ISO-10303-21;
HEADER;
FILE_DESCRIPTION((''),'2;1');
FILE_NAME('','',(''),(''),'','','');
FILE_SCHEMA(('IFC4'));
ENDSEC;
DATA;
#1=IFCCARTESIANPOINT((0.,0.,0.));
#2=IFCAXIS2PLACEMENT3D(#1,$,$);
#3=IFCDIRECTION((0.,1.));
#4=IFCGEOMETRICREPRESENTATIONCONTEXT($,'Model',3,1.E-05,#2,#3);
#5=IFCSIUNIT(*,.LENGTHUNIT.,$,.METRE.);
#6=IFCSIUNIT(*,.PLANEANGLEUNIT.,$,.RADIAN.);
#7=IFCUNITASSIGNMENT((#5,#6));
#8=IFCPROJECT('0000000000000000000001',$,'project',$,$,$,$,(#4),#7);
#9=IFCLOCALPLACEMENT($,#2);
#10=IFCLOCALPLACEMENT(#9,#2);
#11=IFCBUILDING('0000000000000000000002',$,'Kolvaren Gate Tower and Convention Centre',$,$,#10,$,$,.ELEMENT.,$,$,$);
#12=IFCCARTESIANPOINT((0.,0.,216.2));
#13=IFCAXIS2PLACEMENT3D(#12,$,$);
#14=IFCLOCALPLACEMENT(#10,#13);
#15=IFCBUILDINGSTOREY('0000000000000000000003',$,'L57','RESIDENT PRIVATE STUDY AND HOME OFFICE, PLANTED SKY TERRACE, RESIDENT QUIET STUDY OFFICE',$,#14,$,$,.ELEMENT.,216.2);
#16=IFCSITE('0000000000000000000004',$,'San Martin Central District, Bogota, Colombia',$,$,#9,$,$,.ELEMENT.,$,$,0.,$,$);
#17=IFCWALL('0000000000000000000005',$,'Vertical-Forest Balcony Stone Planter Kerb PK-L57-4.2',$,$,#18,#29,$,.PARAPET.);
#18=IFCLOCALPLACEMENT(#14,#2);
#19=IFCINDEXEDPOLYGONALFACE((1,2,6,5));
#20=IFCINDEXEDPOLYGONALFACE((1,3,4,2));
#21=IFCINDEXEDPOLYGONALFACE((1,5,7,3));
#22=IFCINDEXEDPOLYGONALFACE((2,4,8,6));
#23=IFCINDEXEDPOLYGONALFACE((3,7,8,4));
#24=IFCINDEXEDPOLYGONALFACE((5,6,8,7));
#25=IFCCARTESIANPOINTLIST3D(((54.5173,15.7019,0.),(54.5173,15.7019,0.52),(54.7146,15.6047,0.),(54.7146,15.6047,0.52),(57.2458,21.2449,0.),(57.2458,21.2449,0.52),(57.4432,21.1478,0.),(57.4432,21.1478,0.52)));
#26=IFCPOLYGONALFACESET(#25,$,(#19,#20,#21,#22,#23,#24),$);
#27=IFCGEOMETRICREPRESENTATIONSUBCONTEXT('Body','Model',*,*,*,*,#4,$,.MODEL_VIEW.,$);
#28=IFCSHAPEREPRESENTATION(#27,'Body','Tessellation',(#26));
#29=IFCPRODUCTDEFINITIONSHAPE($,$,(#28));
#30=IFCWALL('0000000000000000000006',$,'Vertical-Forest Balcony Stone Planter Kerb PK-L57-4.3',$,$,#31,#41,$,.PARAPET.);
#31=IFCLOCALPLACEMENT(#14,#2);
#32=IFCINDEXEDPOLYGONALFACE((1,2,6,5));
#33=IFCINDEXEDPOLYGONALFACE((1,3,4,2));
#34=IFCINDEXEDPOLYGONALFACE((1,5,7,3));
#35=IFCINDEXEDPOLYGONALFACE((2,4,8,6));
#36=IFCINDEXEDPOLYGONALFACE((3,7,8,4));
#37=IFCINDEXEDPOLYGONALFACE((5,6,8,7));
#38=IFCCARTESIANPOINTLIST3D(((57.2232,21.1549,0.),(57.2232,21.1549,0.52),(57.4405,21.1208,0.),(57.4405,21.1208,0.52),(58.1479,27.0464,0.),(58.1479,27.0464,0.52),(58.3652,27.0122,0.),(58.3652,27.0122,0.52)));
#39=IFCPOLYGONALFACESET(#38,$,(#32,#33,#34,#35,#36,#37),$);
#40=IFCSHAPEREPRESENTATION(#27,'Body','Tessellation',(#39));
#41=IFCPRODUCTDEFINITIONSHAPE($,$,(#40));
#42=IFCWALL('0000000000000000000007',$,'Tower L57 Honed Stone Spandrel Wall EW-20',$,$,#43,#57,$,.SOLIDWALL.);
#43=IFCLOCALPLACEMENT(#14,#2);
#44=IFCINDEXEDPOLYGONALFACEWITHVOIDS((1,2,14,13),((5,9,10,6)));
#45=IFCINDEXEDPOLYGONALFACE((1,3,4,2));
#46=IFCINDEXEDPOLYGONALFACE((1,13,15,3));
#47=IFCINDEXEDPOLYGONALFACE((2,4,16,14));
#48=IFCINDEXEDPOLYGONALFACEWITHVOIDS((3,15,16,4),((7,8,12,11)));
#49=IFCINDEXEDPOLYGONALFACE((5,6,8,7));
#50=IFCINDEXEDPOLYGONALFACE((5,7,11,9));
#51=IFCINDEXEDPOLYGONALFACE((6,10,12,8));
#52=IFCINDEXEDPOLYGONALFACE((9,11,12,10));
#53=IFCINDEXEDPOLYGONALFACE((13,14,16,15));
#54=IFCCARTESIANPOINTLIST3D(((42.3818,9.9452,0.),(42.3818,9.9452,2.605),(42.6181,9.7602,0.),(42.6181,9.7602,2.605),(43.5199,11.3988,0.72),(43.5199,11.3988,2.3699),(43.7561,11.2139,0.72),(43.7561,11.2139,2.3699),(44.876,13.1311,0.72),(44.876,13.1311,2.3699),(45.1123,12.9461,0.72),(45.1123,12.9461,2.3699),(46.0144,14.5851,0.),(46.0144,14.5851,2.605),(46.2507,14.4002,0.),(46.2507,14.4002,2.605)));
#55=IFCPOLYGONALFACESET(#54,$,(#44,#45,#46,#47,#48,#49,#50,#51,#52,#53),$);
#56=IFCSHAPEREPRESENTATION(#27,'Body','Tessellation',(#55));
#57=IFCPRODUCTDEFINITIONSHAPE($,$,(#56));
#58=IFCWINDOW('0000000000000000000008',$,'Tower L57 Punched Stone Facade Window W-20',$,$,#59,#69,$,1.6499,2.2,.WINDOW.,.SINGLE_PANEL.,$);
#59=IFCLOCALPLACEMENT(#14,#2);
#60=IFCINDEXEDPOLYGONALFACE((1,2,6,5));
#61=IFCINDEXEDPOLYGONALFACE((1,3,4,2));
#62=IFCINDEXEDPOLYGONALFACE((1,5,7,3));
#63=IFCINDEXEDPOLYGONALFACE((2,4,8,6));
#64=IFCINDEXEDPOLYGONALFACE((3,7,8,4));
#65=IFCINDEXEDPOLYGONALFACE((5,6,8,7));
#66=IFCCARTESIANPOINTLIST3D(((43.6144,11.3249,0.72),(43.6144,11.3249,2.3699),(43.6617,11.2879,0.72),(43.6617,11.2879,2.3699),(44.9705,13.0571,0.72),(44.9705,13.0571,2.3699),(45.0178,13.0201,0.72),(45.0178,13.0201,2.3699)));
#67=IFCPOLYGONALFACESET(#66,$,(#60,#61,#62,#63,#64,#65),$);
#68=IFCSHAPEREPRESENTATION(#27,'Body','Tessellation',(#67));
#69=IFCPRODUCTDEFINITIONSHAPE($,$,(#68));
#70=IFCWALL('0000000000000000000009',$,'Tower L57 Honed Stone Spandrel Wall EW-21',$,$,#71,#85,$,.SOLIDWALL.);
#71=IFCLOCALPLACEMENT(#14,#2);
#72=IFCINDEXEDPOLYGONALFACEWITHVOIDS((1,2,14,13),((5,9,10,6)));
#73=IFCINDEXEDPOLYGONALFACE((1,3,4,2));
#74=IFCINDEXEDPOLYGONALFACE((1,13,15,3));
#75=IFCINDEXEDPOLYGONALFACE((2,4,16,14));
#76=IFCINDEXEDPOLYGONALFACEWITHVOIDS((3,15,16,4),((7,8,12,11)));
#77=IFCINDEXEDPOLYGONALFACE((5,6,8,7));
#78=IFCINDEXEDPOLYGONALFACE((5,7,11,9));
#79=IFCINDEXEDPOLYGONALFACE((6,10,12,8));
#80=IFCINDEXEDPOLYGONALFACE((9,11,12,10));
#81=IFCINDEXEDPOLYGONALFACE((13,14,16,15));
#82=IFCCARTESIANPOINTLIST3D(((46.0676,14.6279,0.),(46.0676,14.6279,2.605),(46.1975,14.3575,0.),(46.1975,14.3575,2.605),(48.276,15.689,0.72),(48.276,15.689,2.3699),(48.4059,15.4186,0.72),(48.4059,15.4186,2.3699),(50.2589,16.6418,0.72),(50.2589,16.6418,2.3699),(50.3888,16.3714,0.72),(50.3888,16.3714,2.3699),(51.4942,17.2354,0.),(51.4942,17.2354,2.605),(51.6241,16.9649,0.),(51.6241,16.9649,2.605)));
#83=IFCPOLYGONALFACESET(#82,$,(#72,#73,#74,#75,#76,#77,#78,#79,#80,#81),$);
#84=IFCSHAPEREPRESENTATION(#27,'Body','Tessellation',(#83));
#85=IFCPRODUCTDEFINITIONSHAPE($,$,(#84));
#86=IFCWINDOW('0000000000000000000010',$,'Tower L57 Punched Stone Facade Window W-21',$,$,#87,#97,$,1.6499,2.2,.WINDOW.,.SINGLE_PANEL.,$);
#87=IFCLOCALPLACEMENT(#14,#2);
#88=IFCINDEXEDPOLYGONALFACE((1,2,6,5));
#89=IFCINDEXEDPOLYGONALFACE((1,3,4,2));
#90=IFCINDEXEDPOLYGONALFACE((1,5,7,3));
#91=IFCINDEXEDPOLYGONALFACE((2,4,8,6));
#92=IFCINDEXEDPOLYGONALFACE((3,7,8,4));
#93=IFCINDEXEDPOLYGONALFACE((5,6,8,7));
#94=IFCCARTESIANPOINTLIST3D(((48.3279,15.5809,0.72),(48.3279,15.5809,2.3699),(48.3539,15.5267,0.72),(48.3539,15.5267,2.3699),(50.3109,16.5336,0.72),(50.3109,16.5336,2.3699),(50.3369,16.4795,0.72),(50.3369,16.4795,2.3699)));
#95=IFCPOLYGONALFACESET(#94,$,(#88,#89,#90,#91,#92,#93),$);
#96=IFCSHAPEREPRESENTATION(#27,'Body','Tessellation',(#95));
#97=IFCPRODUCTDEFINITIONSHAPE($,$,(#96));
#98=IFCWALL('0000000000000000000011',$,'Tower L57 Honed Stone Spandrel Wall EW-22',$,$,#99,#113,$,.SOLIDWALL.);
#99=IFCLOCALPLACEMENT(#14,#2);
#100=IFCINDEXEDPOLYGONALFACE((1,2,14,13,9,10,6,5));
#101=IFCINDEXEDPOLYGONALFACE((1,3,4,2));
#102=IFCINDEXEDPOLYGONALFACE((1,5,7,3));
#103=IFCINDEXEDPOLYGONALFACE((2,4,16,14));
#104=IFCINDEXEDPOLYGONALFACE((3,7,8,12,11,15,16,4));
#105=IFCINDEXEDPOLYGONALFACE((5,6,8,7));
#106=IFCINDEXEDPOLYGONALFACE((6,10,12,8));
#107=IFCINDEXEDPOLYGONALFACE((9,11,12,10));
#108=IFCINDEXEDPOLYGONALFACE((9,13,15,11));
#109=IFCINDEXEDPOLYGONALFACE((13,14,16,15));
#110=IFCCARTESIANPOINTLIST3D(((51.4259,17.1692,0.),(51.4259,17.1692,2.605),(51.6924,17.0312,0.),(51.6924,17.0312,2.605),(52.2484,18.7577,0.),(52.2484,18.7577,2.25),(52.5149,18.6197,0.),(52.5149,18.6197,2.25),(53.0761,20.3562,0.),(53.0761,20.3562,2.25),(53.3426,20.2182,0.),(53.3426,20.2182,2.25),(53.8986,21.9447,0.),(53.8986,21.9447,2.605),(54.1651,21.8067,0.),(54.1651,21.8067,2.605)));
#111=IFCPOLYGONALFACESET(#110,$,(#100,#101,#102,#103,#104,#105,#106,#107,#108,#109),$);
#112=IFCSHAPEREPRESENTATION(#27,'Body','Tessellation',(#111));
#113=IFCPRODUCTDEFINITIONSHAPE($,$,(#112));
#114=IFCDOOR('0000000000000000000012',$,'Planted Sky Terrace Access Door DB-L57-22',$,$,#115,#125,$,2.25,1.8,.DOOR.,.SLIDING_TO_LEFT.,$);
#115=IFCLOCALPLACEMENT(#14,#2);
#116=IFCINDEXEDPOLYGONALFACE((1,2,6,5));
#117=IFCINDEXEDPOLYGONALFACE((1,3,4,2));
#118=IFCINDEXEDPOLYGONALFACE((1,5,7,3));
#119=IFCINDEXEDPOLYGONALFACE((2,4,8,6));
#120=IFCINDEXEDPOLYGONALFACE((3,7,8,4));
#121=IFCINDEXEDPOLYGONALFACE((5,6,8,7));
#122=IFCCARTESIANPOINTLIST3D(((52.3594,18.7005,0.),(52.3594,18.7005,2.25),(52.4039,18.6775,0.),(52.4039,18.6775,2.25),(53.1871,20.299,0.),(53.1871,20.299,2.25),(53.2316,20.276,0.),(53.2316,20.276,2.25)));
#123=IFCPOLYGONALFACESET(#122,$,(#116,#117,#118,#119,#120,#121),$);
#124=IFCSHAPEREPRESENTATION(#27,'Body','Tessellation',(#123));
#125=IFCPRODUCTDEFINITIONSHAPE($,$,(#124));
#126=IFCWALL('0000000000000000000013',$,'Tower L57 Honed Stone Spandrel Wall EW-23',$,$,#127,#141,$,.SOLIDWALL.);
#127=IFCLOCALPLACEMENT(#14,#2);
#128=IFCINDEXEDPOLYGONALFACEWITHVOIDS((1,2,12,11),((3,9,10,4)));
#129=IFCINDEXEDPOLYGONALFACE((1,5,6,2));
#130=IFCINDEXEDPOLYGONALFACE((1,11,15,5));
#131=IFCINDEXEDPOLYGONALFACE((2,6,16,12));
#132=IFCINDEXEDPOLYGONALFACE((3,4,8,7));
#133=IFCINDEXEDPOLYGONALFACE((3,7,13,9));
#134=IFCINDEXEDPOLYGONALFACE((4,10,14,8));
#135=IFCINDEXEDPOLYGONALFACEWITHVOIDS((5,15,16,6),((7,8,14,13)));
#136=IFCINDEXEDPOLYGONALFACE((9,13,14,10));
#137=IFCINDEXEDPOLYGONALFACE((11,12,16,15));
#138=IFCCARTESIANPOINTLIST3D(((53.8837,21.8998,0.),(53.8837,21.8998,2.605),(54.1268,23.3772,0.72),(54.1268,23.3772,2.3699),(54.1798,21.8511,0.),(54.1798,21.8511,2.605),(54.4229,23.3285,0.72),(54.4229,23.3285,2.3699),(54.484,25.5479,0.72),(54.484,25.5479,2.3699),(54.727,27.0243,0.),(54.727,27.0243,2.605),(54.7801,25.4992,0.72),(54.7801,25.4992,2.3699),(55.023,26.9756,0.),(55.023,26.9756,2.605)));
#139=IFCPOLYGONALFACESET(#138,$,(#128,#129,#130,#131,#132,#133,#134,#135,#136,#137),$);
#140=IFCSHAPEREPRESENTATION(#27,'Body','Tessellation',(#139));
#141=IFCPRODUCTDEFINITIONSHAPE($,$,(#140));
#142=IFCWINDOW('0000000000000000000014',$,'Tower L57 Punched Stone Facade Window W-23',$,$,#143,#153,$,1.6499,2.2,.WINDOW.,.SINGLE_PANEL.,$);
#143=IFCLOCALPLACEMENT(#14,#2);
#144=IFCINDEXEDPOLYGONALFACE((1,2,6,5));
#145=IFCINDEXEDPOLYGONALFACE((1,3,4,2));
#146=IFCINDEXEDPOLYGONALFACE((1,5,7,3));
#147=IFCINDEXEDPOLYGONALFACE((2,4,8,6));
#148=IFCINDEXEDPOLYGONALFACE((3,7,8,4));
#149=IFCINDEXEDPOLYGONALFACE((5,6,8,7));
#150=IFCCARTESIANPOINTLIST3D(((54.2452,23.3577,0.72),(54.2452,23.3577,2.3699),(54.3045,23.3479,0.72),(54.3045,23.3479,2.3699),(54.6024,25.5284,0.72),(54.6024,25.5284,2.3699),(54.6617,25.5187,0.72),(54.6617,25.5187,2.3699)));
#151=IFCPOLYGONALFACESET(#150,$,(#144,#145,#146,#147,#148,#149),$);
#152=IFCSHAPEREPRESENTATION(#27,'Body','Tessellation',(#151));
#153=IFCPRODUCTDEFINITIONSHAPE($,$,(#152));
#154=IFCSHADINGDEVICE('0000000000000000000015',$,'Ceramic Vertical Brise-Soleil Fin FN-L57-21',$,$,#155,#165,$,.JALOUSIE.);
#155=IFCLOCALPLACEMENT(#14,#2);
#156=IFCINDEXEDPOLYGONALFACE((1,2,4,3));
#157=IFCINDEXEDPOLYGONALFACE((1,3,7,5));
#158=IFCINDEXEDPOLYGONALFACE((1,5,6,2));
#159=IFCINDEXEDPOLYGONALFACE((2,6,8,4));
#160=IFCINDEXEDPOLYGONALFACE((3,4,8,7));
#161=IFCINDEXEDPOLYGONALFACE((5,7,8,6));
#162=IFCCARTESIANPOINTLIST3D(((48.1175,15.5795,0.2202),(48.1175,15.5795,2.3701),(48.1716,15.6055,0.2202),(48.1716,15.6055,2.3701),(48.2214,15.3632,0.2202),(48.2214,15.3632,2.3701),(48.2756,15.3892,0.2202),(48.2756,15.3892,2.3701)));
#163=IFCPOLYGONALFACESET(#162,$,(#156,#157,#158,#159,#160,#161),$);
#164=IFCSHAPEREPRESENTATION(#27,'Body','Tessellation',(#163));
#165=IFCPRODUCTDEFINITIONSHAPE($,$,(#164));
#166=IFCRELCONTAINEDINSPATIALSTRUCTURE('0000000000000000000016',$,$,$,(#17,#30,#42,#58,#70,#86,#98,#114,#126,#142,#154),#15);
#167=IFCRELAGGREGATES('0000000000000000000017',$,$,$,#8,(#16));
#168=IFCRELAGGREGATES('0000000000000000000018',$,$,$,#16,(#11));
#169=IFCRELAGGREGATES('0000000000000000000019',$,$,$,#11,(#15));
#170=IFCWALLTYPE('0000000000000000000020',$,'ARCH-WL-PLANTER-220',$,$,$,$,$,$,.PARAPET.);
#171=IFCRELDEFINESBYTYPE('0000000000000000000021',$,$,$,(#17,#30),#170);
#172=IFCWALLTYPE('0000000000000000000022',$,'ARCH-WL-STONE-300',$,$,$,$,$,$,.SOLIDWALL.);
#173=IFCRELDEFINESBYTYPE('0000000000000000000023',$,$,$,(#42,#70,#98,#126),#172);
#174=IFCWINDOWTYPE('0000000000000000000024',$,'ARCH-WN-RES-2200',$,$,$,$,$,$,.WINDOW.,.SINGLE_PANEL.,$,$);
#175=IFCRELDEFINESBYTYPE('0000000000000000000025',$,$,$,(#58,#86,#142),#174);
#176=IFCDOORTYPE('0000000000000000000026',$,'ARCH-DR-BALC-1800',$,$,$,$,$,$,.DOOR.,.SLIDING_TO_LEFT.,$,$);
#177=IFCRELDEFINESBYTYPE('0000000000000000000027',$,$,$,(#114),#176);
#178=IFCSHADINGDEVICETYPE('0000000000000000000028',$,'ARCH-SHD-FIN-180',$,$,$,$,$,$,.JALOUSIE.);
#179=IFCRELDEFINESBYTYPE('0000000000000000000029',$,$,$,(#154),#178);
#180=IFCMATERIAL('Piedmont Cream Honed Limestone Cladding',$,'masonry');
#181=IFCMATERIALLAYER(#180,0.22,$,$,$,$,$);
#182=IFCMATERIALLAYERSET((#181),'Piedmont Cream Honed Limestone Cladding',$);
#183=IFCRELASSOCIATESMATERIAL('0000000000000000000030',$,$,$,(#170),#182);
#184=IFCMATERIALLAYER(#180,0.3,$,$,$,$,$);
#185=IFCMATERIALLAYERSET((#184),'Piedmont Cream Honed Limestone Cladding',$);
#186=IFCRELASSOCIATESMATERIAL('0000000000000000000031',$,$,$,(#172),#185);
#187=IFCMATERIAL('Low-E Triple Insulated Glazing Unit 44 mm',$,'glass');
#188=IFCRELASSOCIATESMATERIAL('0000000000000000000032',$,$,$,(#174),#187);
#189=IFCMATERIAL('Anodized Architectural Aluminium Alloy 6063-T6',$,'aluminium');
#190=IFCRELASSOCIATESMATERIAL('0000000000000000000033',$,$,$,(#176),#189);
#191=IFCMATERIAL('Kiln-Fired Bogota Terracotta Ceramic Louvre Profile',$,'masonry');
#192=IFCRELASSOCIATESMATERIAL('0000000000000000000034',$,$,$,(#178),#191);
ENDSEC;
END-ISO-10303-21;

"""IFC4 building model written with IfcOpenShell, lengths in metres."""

from ifc_helpers import new_model, si_unit, direction, frame, frame_2d, origin, origin_2d, place, context, subcontext, project, spatial, rectangle, extrude, material, layer, layer_set, type_object, element, fill, save


model = new_model("IFC4")

# Units and contexts
model_context = context("Model", 3, precision=1e-05, world=origin(), true_north=direction((0.0, 1.0)))
body_context = subcontext(model_context, "Body", "Model", "MODEL_VIEW")
ifc_project = project(units=[si_unit("LENGTHUNIT", "METRE"), si_unit("PLANEANGLEUNIT", "RADIAN")], contexts=[model_context])

# Site, building, storey
site_placement = place(None, origin())
site = spatial("IfcSite", under=ifc_project, at=site_placement, Name="San Martin Central District, Bogota, Colombia", CompositionType="ELEMENT", RefElevation=0.0)
building_placement = place(site_placement, origin())
building = spatial("IfcBuilding", under=site, at=building_placement, Name="Kolvaren Gate Tower and Convention Centre", CompositionType="ELEMENT")
storey_placement = place(building_placement, frame((0.0, 0.0, 216.2)))
storey = spatial("IfcBuildingStorey", under=building, at=storey_placement, Name="L57", Description="RESIDENT PRIVATE STUDY AND HOME OFFICE, PLANTED SKY TERRACE, RESIDENT QUIET STUDY OFFICE", CompositionType="ELEMENT", Elevation=216.2)

# Walls
ifc_material_1 = material(Name="Piedmont Cream Honed Limestone Cladding", Category="masonry")
ifc_layer_1 = layer(ifc_material_1, 0.22)
ifc_layer_set_1 = layer_set([ifc_layer_1], Name="Piedmont Cream Honed Limestone Cladding")
wall_type_1 = type_object("IfcWallType", Name="ARCH-WL-PLANTER-220", PredefinedType="PARAPET", material=ifc_layer_set_1)
wall_1_placement = place(storey_placement, frame((54.616, 15.6533, 0.0), z_axis=(0.0, 0.0, 1.0), x_axis=(0.441641, 0.897192, 0.0)))
element("IfcWall", 1, at=wall_1_placement, inside=storey, type_object=wall_type_1, Name="Vertical-Forest Balcony Stone Planter Kerb PK-L57-4.2", PredefinedType="PARAPET", context=body_context, shape_type="SweptSolid", body=[
    extrude(rectangle(XDim=6.1782, YDim=0.22, at=frame_2d((3.0891, 0.0))), origin(), (0.0, 0.0, 1.0), 0.52),
])
wall_2_placement = place(storey_placement, frame((57.3318, 21.1377, 0.0), z_axis=(0.0, 0.0, 1.0), x_axis=(0.155071, 0.987903, 0.0)))
element("IfcWall", 2, at=wall_2_placement, inside=storey, type_object=wall_type_1, Name="Vertical-Forest Balcony Stone Planter Kerb PK-L57-4.3", PredefinedType="PARAPET", context=body_context, shape_type="SweptSolid", body=[
    extrude(rectangle(XDim=5.9636, YDim=0.22, at=frame_2d((2.9819, 0.0))), origin(), (0.0, 0.0, 1.0), 0.52),
])

# Walls, openings, windows
ifc_layer_2 = layer(ifc_material_1, 0.3)
ifc_layer_set_2 = layer_set([ifc_layer_2], Name="Piedmont Cream Honed Limestone Cladding")
wall_type_2 = type_object("IfcWallType", Name="ARCH-WL-STONE-300", PredefinedType="SOLIDWALL", material=ifc_layer_set_2)
wall_3_placement = place(storey_placement, frame((42.5, 9.8528, 0.0), z_axis=(0.0, 0.0, 1.0), x_axis=(0.61645, 0.787394, 0.0)))
wall_3 = element("IfcWall", 3, at=wall_3_placement, inside=storey, type_object=wall_type_2, Name="Tower L57 Honed Stone Spandrel Wall EW-20", PredefinedType="SOLIDWALL", context=body_context, shape_type="SweptSolid", body=[
    extrude(rectangle(XDim=5.8928, YDim=0.3, at=frame_2d((2.9463, 0.0))), origin(), (0.0, 0.0, 1.0), 2.605),
])
opening_1_placement = place(wall_3_placement, frame((1.8459, 0.0, 0.72)))
opening_1 = element("IfcOpeningElement", 4, at=opening_1_placement, cuts=wall_3, PredefinedType="OPENING", context=body_context, shape_type="SweptSolid", body=[
    extrude(rectangle(XDim=2.2, YDim=1.6499, at=frame_2d((1.1001, 0.825))), frame((0.0, 0.1599, 0.0), z_axis=(0.0, -1.0, 0.0), x_axis=(1.0, 0.0, 0.0)), (0.0, 0.0, 1.0), 0.3201),
])
ifc_material_2 = material(Name="Low-E Triple Insulated Glazing Unit 44 mm", Category="glass")
window_type = type_object("IfcWindowType", Name="ARCH-WN-RES-2200", PartitioningType="SINGLE_PANEL", PredefinedType="WINDOW", material=ifc_material_2)
window_1_placement = place(opening_1_placement, origin())
window_1 = element("IfcWindow", 5, at=window_1_placement, inside=storey, type_object=window_type, Name="Tower L57 Punched Stone Facade Window W-20", OverallHeight=1.6499, OverallWidth=2.2, PartitioningType="SINGLE_PANEL", PredefinedType="WINDOW", context=body_context, shape_type="SweptSolid", body=[
    extrude(rectangle(XDim=2.2, YDim=1.6499, at=frame_2d((1.1001, 0.825))), frame((0.0, 0.03, 0.0), z_axis=(0.0, -1.0, 0.0), x_axis=(1.0, 0.0, 0.0)), (0.0, 0.0, 1.0), 0.0601),
])
fill(opening_1, window_1)
wall_4_placement = place(storey_placement, frame((46.1326, 14.4927, 0.0), z_axis=(0.0, 0.0, 1.0), x_axis=(0.901348, 0.433095, 0.0)))
wall_4 = element("IfcWall", 6, at=wall_4_placement, inside=storey, type_object=wall_type_2, Name="Tower L57 Honed Stone Spandrel Wall EW-21", PredefinedType="SOLIDWALL", context=body_context, shape_type="SweptSolid", body=[
    extrude(rectangle(XDim=6.0205, YDim=0.3, at=frame_2d((3.0103, 0.0))), origin(), (0.0, 0.0, 1.0), 2.605),
])
opening_2_placement = place(wall_4_placement, frame((2.45, 0.0, 0.72)))
opening_2 = element("IfcOpeningElement", 7, at=opening_2_placement, cuts=wall_4, PredefinedType="OPENING", context=body_context, shape_type="SweptSolid", body=[
    extrude(rectangle(XDim=2.2, YDim=1.6499, at=frame_2d((1.1001, 0.825))), frame((0.0, 0.1599, 0.0), z_axis=(0.0, -1.0, 0.0), x_axis=(1.0, 0.0, 0.0)), (0.0, 0.0, 1.0), 0.3201),
])
window_2_placement = place(opening_2_placement, origin())
window_2 = element("IfcWindow", 8, at=window_2_placement, inside=storey, type_object=window_type, Name="Tower L57 Punched Stone Facade Window W-21", OverallHeight=1.6499, OverallWidth=2.2, PartitioningType="SINGLE_PANEL", PredefinedType="WINDOW", context=body_context, shape_type="SweptSolid", body=[
    extrude(rectangle(XDim=2.2, YDim=1.6499, at=frame_2d((1.1001, 0.825))), frame((0.0, 0.03, 0.0), z_axis=(0.0, -1.0, 0.0), x_axis=(1.0, 0.0, 0.0)), (0.0, 0.0, 1.0), 0.0601),
])
fill(opening_2, window_2)

# Wall, opening, door
wall_5_placement = place(storey_placement, frame((51.5591, 17.1001, 0.0), z_axis=(0.0, 0.0, 1.0), x_axis=(0.459808, 0.888018, 0.0)))
wall_5 = element("IfcWall", 9, at=wall_5_placement, inside=storey, type_object=wall_type_2, Name="Tower L57 Honed Stone Spandrel Wall EW-22", PredefinedType="SOLIDWALL", context=body_context, shape_type="SweptSolid", body=[
    extrude(rectangle(XDim=5.3777, YDim=0.3, at=frame_2d((2.689, 0.0))), origin(), (0.0, 0.0, 1.0), 2.605),
])
opening_3_placement = place(wall_5_placement, frame((1.7891, 0.0, 0.0)))
opening_3 = element("IfcOpeningElement", 10, at=opening_3_placement, cuts=wall_5, PredefinedType="OPENING", context=body_context, shape_type="SweptSolid", body=[
    extrude(rectangle(XDim=1.8, YDim=2.25, at=frame_2d((0.8999, 1.125))), frame((0.0, 0.1599, 0.0), z_axis=(0.0, -1.0, 0.0), x_axis=(1.0, 0.0, 0.0)), (0.0, 0.0, 1.0), 0.3201),
])
ifc_material_3 = material(Name="Anodized Architectural Aluminium Alloy 6063-T6", Category="aluminium")
door_type = type_object("IfcDoorType", Name="ARCH-DR-BALC-1800", OperationType="SLIDING_TO_LEFT", PredefinedType="DOOR", material=ifc_material_3)
door_placement = place(opening_3_placement, frame((1.8, 0.0, 0.0), z_axis=(0.0, 0.0, 1.0), x_axis=(-1.0, 0.0, 0.0)))
door = element("IfcDoor", 11, at=door_placement, inside=storey, type_object=door_type, Name="Planted Sky Terrace Access Door DB-L57-22", OperationType="SLIDING_TO_LEFT", OverallHeight=2.25, OverallWidth=1.8, PredefinedType="DOOR", context=body_context, shape_type="SweptSolid", body=[
    extrude(rectangle(XDim=1.8, YDim=2.25, at=frame_2d((0.8999, 1.125))), frame((0.0, 0.0249, 0.0), z_axis=(0.0, -1.0, 0.0), x_axis=(1.0, 0.0, 0.0)), (0.0, 0.0, 1.0), 0.05),
])
fill(opening_3, door)

# Wall, opening, window
wall_6_placement = place(storey_placement, frame((54.0317, 21.8755, 0.0), z_axis=(0.0, 0.0, 1.0), x_axis=(0.162371, 0.98673, 0.0)))
wall_6 = element("IfcWall", 12, at=wall_6_placement, inside=storey, type_object=wall_type_2, Name="Tower L57 Honed Stone Spandrel Wall EW-23", PredefinedType="SOLIDWALL", context=body_context, shape_type="SweptSolid", body=[
    extrude(rectangle(XDim=5.1934, YDim=0.3, at=frame_2d((2.5967, 0.0))), origin(), (0.0, 0.0, 1.0), 2.605),
])
opening_4_placement = place(wall_6_placement, frame((1.4971, 0.0, 0.72)))
opening_4 = element("IfcOpeningElement", 13, at=opening_4_placement, cuts=wall_6, PredefinedType="OPENING", context=body_context, shape_type="SweptSolid", body=[
    extrude(rectangle(XDim=2.2, YDim=1.6499, at=frame_2d((1.1001, 0.825))), frame((0.0, 0.1599, 0.0), z_axis=(0.0, -1.0, 0.0), x_axis=(1.0, 0.0, 0.0)), (0.0, 0.0, 1.0), 0.3201),
])
window_3_placement = place(opening_4_placement, origin())
window_3 = element("IfcWindow", 14, at=window_3_placement, inside=storey, type_object=window_type, Name="Tower L57 Punched Stone Facade Window W-23", OverallHeight=1.6499, OverallWidth=2.2, PartitioningType="SINGLE_PANEL", PredefinedType="WINDOW", context=body_context, shape_type="SweptSolid", body=[
    extrude(rectangle(XDim=2.2, YDim=1.6499, at=frame_2d((1.1001, 0.825))), frame((0.0, 0.03, 0.0), z_axis=(0.0, -1.0, 0.0), x_axis=(1.0, 0.0, 0.0)), (0.0, 0.0, 1.0), 0.0601),
])
fill(opening_4, window_3)

# Shading device
ifc_material_4 = material(Name="Kiln-Fired Bogota Terracotta Ceramic Louvre Profile", Category="masonry")
shading_device_type = type_object("IfcShadingDeviceType", Name="ARCH-SHD-FIN-180", PredefinedType="JALOUSIE", material=ifc_material_4)
shading_device_placement = place(storey_placement, frame((48.1965, 15.4844, 0.2202), z_axis=(0.0, 0.0, 1.0), x_axis=(0.901359, 0.433072, 0.0)))
element("IfcShadingDevice", 15, at=shading_device_placement, inside=storey, type_object=shading_device_type, Name="Ceramic Vertical Brise-Soleil Fin FN-L57-21", PredefinedType="JALOUSIE", context=body_context, shape_type="SweptSolid", body=[
    extrude(rectangle(XDim=0.0601, YDim=0.24, at=origin_2d()), origin(), (0.0, 0.0, 1.0), 2.1499),
])

save(model, "model.ifc")
